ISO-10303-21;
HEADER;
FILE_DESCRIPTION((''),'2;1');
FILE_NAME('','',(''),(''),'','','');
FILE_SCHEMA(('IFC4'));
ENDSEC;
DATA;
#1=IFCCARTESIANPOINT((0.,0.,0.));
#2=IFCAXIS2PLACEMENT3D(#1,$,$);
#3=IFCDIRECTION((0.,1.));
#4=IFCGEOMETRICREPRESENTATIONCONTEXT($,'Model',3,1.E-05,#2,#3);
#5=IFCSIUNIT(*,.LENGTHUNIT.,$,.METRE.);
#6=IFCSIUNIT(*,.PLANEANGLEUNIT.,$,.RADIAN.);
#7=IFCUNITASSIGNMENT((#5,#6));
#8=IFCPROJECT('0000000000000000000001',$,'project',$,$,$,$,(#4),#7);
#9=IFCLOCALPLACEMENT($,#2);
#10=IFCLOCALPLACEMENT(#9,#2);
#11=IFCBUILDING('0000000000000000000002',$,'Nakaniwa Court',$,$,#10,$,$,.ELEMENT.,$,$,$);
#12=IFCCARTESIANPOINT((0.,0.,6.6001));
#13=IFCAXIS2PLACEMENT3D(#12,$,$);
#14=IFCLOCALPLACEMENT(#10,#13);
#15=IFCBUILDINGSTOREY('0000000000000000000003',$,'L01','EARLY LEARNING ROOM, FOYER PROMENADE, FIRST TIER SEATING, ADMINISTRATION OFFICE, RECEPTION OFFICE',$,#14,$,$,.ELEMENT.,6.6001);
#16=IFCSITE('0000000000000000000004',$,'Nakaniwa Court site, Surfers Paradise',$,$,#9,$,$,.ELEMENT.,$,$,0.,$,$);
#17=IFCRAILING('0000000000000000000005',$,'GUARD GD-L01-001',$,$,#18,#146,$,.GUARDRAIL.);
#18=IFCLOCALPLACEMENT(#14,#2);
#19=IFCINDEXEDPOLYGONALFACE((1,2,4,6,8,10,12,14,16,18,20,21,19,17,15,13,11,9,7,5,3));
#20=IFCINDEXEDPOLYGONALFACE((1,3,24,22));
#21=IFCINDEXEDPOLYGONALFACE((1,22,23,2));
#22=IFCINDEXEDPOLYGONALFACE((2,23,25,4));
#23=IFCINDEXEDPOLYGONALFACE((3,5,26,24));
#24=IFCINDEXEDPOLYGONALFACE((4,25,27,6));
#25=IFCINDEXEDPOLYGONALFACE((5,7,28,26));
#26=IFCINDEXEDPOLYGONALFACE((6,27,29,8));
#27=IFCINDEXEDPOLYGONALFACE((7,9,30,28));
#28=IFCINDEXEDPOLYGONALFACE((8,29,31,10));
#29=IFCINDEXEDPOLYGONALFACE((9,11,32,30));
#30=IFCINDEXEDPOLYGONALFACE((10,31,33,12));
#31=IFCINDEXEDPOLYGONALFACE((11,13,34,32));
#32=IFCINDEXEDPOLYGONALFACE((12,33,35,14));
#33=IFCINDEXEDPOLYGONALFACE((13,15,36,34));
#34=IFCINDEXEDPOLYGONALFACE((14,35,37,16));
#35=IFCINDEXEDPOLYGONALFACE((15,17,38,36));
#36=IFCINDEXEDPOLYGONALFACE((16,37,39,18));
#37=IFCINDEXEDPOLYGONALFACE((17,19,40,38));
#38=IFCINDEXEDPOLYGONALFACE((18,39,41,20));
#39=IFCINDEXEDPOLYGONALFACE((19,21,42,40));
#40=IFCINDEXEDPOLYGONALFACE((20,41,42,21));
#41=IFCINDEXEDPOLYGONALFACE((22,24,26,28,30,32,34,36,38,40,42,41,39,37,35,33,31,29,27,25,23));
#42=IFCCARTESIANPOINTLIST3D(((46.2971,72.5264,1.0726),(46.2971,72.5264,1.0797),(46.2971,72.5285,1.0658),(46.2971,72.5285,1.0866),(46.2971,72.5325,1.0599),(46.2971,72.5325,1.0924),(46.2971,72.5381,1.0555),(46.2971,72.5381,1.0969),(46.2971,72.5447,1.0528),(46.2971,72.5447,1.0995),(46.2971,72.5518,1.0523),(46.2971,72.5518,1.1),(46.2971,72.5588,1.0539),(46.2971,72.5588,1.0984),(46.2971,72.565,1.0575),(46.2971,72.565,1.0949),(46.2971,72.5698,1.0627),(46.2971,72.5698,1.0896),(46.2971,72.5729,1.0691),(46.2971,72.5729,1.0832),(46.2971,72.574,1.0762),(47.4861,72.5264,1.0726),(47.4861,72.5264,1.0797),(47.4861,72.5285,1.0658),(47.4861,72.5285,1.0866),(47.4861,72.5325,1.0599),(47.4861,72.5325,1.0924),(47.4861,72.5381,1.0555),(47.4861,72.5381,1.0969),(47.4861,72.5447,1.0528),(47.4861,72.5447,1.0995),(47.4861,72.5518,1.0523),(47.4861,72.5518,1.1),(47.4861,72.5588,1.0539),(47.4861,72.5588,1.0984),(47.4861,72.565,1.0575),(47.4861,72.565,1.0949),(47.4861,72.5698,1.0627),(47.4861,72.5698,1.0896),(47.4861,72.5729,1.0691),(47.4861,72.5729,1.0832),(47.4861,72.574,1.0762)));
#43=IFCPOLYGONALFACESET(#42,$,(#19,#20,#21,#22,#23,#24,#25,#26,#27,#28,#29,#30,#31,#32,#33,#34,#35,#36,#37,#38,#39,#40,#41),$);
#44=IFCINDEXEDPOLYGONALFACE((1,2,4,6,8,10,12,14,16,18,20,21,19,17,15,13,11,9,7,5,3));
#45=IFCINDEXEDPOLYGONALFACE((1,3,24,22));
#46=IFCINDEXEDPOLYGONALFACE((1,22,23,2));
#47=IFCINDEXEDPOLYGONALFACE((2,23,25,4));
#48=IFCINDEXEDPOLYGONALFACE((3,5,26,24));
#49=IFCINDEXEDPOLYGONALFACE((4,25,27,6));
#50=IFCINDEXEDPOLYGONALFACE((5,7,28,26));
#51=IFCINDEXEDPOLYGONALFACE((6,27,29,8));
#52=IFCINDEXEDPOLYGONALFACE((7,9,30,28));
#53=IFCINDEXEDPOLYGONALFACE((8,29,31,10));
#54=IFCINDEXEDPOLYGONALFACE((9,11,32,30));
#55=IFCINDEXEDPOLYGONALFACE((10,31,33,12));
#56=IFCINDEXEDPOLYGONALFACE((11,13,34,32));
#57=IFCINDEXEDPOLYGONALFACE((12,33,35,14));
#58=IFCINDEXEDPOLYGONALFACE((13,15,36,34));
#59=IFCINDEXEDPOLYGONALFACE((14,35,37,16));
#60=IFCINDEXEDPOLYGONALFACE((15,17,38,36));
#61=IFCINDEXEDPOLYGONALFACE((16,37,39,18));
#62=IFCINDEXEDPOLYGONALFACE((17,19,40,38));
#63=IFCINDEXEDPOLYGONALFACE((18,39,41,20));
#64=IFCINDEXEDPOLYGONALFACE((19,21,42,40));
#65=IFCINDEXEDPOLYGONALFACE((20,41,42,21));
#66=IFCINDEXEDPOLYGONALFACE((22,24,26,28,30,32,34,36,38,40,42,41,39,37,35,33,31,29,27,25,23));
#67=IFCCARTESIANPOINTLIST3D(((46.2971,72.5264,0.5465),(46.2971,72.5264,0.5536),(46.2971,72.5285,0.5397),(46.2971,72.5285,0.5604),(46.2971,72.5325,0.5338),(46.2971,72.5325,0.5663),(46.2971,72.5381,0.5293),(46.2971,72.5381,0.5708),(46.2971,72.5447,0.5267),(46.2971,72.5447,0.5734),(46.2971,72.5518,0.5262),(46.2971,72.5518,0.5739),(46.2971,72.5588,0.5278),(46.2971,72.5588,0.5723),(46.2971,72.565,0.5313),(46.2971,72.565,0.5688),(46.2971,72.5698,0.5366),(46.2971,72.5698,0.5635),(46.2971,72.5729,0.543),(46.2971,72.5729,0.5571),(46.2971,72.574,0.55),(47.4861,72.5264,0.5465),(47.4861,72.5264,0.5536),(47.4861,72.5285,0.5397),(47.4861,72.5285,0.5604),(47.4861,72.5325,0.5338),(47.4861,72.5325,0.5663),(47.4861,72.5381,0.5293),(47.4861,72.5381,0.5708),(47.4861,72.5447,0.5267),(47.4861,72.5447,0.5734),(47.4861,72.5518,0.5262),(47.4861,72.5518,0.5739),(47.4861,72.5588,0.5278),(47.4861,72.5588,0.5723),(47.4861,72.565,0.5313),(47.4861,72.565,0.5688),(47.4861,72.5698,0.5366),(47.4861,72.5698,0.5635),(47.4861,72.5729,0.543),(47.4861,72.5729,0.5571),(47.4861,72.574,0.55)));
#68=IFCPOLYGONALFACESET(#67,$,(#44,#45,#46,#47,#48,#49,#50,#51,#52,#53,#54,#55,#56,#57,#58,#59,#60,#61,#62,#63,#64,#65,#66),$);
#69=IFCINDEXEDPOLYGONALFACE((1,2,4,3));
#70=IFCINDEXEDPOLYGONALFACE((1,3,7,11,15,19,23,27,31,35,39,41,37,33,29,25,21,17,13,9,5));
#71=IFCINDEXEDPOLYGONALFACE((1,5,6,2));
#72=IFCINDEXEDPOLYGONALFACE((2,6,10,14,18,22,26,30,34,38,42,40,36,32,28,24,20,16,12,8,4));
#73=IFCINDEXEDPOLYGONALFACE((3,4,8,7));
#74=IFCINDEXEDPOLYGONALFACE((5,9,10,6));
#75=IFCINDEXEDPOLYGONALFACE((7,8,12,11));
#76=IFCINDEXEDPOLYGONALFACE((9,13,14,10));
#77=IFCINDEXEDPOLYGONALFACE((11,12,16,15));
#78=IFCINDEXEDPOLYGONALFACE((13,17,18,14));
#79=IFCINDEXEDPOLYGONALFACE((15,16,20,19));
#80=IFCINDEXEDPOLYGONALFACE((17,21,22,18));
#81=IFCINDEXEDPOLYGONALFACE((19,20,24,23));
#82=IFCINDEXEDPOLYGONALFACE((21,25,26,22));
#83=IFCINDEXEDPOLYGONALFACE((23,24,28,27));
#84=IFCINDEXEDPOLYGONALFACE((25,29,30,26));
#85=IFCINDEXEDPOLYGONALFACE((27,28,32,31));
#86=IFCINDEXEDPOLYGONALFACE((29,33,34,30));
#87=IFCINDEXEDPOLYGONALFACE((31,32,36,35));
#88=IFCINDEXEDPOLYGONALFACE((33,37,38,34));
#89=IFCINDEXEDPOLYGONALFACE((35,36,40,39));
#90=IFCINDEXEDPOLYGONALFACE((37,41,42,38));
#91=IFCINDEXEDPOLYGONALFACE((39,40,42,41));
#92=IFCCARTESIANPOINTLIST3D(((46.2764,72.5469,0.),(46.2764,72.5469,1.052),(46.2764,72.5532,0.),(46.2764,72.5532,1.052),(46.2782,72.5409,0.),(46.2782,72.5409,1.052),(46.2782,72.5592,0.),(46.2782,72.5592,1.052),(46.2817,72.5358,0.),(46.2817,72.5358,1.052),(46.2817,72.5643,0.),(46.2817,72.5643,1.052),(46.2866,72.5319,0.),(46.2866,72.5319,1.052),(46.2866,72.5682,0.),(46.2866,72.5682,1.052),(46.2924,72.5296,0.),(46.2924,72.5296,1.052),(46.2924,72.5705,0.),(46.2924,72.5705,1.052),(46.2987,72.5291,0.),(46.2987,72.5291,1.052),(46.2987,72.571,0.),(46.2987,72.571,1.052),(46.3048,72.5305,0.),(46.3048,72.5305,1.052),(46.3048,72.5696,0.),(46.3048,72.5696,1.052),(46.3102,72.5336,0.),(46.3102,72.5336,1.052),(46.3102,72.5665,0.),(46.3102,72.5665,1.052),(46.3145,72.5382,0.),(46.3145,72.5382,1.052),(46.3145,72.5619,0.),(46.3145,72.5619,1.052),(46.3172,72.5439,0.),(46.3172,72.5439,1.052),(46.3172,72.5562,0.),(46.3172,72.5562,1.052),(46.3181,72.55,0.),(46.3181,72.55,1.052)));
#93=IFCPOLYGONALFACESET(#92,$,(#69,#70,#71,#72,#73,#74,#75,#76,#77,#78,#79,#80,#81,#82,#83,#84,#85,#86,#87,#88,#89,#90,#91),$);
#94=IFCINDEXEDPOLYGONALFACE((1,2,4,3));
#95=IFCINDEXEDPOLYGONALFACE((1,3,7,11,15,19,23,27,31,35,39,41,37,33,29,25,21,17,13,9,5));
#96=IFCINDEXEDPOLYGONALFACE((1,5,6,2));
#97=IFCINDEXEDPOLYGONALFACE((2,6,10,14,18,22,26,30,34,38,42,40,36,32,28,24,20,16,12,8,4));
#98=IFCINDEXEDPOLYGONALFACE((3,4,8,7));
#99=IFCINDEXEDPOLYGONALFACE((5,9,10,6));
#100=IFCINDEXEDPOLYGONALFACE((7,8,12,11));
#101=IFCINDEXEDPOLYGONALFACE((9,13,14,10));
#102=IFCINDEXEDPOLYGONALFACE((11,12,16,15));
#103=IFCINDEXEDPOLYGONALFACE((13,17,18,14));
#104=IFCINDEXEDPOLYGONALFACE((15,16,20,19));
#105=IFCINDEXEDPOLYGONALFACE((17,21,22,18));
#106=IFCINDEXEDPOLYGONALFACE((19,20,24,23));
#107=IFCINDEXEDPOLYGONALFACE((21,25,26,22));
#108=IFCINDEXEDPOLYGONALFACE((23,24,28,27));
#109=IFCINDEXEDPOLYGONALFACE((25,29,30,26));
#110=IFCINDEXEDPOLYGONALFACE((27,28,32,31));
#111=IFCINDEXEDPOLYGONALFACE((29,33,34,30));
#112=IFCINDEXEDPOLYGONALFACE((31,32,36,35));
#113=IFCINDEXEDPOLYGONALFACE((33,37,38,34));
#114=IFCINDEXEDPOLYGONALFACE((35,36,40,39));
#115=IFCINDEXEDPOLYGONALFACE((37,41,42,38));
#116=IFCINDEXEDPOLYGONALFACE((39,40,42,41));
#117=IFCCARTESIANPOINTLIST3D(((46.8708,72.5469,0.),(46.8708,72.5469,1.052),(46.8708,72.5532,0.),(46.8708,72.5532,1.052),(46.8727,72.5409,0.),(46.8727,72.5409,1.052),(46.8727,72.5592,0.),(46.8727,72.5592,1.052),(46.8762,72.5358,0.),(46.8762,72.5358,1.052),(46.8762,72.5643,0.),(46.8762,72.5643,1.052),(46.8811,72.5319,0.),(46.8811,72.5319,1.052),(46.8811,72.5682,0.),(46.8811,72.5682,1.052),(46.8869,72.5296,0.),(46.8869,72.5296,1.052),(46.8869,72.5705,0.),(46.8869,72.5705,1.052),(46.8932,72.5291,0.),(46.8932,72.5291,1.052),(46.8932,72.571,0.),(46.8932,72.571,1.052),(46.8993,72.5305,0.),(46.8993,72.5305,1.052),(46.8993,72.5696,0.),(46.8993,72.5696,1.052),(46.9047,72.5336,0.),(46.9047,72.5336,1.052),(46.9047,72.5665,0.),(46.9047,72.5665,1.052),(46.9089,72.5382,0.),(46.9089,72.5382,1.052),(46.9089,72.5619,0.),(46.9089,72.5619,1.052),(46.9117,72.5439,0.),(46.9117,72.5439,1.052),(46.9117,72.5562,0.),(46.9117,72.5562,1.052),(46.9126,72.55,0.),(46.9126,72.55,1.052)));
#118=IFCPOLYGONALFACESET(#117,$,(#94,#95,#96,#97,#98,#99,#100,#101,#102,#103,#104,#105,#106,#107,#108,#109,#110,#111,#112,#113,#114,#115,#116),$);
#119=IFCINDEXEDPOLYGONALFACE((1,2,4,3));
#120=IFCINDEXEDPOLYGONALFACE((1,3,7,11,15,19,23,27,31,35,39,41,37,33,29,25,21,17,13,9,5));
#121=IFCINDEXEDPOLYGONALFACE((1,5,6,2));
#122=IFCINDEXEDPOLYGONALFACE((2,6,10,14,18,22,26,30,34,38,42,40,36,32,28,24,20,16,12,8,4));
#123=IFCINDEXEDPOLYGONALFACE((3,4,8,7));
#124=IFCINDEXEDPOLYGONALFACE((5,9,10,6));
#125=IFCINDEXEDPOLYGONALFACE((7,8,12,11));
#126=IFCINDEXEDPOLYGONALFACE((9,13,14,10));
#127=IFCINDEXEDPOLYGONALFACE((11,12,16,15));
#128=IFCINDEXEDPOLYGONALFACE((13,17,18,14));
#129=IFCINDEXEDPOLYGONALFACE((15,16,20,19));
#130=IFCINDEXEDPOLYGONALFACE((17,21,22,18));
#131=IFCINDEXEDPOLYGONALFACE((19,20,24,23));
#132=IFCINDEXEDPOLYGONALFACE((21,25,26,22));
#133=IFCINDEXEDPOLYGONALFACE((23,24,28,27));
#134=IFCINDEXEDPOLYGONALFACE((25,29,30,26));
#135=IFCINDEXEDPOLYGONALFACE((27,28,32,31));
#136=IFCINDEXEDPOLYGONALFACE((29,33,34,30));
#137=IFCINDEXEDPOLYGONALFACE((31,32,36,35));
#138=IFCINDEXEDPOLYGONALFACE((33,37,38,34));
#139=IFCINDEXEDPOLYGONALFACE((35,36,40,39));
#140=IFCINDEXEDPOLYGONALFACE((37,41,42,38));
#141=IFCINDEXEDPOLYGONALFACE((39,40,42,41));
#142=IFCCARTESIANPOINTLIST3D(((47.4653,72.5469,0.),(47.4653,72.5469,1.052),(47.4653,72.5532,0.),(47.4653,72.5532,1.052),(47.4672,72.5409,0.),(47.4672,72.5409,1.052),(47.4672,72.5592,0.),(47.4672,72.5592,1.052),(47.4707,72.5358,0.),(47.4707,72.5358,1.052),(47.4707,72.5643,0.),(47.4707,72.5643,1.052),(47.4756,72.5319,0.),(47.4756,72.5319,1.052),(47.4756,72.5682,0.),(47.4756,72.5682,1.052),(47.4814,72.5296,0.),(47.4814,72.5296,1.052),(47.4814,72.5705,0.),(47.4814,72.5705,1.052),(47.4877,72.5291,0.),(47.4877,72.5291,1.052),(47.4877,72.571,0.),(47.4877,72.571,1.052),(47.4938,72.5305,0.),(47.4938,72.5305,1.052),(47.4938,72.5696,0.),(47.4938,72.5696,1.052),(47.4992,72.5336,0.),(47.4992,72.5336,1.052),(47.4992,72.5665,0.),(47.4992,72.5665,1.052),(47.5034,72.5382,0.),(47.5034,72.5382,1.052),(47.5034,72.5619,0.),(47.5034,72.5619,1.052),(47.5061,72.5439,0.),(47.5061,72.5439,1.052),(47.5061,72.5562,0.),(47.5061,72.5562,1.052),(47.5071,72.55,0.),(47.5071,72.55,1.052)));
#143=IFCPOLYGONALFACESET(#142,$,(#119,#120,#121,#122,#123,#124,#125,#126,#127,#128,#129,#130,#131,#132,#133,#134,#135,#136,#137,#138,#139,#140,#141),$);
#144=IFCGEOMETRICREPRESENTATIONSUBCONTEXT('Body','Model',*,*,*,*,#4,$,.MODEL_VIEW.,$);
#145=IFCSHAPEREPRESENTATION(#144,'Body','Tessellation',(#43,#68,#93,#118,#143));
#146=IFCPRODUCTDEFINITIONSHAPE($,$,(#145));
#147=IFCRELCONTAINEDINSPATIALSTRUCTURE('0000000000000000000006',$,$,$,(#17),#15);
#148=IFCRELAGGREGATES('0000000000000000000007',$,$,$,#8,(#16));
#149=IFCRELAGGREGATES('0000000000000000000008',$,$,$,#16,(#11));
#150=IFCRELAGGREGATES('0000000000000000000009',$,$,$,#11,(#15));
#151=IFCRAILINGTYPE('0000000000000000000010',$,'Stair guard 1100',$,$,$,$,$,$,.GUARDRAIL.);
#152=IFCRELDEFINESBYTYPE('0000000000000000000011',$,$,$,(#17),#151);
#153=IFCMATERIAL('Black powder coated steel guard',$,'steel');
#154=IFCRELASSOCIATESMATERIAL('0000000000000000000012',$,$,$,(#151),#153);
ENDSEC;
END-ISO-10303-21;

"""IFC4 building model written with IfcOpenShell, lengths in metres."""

from ifc_helpers import new_model, si_unit, direction, frame, origin, origin_2d, place, context, subcontext, project, spatial, circle, extrude, material, type_object, element, save


model = new_model("IFC4")

# Units and contexts
model_context = context("Model", 3, precision=1e-05, world=origin(), true_north=direction((0.0, 1.0)))
body_context = subcontext(model_context, "Body", "Model", "MODEL_VIEW")
ifc_project = project(units=[si_unit("LENGTHUNIT", "METRE"), si_unit("PLANEANGLEUNIT", "RADIAN")], contexts=[model_context])

# Site, building, storey
site_placement = place(None, origin())
site = spatial("IfcSite", under=ifc_project, at=site_placement, Name="Nakaniwa Court site, Surfers Paradise", CompositionType="ELEMENT", RefElevation=0.0)
building_placement = place(site_placement, origin())
building = spatial("IfcBuilding", under=site, at=building_placement, Name="Nakaniwa Court", CompositionType="ELEMENT")
storey_placement = place(building_placement, frame((0.0, 0.0, 6.6001)))
storey = spatial("IfcBuildingStorey", under=building, at=storey_placement, Name="L01", Description="EARLY LEARNING ROOM, FOYER PROMENADE, FIRST TIER SEATING, ADMINISTRATION OFFICE, RECEPTION OFFICE", CompositionType="ELEMENT", Elevation=6.6001)

# Railing
ifc_material_1 = material(Name="Black powder coated steel guard", Category="steel")
railing_type = type_object("IfcRailingType", Name="Stair guard 1100", PredefinedType="GUARDRAIL", material=ifc_material_1)
railing_1_placement = place(storey_placement, frame((46.2971, 72.55, 0.0)))
element("IfcRailing", 1, at=railing_1_placement, inside=storey, type_object=railing_type, Name="GUARD GD-L01-001", PredefinedType="GUARDRAIL", context=body_context, shape_type="SweptSolid", body=[
    extrude(circle(Radius=0.0239, at=origin_2d()), frame((0.0, 0.0, 1.0762), z_axis=(1.0, 0.0, 0.0), x_axis=(0.0, 1.0, 0.0)), (0.0, 0.0, 1.0), 1.189),
    extrude(circle(Radius=0.0239, at=origin_2d()), frame((0.0, 0.0, 0.55), z_axis=(1.0, 0.0, 0.0), x_axis=(0.0, 1.0, 0.0)), (0.0, 0.0, 1.0), 1.189),
    extrude(circle(Radius=0.021, at=origin_2d()), origin(), (0.0, 0.0, 1.0), 1.052),
    extrude(circle(Radius=0.021, at=origin_2d()), frame((0.5945, 0.0, 0.0)), (0.0, 0.0, 1.0), 1.052),
    extrude(circle(Radius=0.021, at=origin_2d()), frame((1.189, 0.0, 0.0)), (0.0, 0.0, 1.0), 1.052),
])

save(model, "model.ifc")
